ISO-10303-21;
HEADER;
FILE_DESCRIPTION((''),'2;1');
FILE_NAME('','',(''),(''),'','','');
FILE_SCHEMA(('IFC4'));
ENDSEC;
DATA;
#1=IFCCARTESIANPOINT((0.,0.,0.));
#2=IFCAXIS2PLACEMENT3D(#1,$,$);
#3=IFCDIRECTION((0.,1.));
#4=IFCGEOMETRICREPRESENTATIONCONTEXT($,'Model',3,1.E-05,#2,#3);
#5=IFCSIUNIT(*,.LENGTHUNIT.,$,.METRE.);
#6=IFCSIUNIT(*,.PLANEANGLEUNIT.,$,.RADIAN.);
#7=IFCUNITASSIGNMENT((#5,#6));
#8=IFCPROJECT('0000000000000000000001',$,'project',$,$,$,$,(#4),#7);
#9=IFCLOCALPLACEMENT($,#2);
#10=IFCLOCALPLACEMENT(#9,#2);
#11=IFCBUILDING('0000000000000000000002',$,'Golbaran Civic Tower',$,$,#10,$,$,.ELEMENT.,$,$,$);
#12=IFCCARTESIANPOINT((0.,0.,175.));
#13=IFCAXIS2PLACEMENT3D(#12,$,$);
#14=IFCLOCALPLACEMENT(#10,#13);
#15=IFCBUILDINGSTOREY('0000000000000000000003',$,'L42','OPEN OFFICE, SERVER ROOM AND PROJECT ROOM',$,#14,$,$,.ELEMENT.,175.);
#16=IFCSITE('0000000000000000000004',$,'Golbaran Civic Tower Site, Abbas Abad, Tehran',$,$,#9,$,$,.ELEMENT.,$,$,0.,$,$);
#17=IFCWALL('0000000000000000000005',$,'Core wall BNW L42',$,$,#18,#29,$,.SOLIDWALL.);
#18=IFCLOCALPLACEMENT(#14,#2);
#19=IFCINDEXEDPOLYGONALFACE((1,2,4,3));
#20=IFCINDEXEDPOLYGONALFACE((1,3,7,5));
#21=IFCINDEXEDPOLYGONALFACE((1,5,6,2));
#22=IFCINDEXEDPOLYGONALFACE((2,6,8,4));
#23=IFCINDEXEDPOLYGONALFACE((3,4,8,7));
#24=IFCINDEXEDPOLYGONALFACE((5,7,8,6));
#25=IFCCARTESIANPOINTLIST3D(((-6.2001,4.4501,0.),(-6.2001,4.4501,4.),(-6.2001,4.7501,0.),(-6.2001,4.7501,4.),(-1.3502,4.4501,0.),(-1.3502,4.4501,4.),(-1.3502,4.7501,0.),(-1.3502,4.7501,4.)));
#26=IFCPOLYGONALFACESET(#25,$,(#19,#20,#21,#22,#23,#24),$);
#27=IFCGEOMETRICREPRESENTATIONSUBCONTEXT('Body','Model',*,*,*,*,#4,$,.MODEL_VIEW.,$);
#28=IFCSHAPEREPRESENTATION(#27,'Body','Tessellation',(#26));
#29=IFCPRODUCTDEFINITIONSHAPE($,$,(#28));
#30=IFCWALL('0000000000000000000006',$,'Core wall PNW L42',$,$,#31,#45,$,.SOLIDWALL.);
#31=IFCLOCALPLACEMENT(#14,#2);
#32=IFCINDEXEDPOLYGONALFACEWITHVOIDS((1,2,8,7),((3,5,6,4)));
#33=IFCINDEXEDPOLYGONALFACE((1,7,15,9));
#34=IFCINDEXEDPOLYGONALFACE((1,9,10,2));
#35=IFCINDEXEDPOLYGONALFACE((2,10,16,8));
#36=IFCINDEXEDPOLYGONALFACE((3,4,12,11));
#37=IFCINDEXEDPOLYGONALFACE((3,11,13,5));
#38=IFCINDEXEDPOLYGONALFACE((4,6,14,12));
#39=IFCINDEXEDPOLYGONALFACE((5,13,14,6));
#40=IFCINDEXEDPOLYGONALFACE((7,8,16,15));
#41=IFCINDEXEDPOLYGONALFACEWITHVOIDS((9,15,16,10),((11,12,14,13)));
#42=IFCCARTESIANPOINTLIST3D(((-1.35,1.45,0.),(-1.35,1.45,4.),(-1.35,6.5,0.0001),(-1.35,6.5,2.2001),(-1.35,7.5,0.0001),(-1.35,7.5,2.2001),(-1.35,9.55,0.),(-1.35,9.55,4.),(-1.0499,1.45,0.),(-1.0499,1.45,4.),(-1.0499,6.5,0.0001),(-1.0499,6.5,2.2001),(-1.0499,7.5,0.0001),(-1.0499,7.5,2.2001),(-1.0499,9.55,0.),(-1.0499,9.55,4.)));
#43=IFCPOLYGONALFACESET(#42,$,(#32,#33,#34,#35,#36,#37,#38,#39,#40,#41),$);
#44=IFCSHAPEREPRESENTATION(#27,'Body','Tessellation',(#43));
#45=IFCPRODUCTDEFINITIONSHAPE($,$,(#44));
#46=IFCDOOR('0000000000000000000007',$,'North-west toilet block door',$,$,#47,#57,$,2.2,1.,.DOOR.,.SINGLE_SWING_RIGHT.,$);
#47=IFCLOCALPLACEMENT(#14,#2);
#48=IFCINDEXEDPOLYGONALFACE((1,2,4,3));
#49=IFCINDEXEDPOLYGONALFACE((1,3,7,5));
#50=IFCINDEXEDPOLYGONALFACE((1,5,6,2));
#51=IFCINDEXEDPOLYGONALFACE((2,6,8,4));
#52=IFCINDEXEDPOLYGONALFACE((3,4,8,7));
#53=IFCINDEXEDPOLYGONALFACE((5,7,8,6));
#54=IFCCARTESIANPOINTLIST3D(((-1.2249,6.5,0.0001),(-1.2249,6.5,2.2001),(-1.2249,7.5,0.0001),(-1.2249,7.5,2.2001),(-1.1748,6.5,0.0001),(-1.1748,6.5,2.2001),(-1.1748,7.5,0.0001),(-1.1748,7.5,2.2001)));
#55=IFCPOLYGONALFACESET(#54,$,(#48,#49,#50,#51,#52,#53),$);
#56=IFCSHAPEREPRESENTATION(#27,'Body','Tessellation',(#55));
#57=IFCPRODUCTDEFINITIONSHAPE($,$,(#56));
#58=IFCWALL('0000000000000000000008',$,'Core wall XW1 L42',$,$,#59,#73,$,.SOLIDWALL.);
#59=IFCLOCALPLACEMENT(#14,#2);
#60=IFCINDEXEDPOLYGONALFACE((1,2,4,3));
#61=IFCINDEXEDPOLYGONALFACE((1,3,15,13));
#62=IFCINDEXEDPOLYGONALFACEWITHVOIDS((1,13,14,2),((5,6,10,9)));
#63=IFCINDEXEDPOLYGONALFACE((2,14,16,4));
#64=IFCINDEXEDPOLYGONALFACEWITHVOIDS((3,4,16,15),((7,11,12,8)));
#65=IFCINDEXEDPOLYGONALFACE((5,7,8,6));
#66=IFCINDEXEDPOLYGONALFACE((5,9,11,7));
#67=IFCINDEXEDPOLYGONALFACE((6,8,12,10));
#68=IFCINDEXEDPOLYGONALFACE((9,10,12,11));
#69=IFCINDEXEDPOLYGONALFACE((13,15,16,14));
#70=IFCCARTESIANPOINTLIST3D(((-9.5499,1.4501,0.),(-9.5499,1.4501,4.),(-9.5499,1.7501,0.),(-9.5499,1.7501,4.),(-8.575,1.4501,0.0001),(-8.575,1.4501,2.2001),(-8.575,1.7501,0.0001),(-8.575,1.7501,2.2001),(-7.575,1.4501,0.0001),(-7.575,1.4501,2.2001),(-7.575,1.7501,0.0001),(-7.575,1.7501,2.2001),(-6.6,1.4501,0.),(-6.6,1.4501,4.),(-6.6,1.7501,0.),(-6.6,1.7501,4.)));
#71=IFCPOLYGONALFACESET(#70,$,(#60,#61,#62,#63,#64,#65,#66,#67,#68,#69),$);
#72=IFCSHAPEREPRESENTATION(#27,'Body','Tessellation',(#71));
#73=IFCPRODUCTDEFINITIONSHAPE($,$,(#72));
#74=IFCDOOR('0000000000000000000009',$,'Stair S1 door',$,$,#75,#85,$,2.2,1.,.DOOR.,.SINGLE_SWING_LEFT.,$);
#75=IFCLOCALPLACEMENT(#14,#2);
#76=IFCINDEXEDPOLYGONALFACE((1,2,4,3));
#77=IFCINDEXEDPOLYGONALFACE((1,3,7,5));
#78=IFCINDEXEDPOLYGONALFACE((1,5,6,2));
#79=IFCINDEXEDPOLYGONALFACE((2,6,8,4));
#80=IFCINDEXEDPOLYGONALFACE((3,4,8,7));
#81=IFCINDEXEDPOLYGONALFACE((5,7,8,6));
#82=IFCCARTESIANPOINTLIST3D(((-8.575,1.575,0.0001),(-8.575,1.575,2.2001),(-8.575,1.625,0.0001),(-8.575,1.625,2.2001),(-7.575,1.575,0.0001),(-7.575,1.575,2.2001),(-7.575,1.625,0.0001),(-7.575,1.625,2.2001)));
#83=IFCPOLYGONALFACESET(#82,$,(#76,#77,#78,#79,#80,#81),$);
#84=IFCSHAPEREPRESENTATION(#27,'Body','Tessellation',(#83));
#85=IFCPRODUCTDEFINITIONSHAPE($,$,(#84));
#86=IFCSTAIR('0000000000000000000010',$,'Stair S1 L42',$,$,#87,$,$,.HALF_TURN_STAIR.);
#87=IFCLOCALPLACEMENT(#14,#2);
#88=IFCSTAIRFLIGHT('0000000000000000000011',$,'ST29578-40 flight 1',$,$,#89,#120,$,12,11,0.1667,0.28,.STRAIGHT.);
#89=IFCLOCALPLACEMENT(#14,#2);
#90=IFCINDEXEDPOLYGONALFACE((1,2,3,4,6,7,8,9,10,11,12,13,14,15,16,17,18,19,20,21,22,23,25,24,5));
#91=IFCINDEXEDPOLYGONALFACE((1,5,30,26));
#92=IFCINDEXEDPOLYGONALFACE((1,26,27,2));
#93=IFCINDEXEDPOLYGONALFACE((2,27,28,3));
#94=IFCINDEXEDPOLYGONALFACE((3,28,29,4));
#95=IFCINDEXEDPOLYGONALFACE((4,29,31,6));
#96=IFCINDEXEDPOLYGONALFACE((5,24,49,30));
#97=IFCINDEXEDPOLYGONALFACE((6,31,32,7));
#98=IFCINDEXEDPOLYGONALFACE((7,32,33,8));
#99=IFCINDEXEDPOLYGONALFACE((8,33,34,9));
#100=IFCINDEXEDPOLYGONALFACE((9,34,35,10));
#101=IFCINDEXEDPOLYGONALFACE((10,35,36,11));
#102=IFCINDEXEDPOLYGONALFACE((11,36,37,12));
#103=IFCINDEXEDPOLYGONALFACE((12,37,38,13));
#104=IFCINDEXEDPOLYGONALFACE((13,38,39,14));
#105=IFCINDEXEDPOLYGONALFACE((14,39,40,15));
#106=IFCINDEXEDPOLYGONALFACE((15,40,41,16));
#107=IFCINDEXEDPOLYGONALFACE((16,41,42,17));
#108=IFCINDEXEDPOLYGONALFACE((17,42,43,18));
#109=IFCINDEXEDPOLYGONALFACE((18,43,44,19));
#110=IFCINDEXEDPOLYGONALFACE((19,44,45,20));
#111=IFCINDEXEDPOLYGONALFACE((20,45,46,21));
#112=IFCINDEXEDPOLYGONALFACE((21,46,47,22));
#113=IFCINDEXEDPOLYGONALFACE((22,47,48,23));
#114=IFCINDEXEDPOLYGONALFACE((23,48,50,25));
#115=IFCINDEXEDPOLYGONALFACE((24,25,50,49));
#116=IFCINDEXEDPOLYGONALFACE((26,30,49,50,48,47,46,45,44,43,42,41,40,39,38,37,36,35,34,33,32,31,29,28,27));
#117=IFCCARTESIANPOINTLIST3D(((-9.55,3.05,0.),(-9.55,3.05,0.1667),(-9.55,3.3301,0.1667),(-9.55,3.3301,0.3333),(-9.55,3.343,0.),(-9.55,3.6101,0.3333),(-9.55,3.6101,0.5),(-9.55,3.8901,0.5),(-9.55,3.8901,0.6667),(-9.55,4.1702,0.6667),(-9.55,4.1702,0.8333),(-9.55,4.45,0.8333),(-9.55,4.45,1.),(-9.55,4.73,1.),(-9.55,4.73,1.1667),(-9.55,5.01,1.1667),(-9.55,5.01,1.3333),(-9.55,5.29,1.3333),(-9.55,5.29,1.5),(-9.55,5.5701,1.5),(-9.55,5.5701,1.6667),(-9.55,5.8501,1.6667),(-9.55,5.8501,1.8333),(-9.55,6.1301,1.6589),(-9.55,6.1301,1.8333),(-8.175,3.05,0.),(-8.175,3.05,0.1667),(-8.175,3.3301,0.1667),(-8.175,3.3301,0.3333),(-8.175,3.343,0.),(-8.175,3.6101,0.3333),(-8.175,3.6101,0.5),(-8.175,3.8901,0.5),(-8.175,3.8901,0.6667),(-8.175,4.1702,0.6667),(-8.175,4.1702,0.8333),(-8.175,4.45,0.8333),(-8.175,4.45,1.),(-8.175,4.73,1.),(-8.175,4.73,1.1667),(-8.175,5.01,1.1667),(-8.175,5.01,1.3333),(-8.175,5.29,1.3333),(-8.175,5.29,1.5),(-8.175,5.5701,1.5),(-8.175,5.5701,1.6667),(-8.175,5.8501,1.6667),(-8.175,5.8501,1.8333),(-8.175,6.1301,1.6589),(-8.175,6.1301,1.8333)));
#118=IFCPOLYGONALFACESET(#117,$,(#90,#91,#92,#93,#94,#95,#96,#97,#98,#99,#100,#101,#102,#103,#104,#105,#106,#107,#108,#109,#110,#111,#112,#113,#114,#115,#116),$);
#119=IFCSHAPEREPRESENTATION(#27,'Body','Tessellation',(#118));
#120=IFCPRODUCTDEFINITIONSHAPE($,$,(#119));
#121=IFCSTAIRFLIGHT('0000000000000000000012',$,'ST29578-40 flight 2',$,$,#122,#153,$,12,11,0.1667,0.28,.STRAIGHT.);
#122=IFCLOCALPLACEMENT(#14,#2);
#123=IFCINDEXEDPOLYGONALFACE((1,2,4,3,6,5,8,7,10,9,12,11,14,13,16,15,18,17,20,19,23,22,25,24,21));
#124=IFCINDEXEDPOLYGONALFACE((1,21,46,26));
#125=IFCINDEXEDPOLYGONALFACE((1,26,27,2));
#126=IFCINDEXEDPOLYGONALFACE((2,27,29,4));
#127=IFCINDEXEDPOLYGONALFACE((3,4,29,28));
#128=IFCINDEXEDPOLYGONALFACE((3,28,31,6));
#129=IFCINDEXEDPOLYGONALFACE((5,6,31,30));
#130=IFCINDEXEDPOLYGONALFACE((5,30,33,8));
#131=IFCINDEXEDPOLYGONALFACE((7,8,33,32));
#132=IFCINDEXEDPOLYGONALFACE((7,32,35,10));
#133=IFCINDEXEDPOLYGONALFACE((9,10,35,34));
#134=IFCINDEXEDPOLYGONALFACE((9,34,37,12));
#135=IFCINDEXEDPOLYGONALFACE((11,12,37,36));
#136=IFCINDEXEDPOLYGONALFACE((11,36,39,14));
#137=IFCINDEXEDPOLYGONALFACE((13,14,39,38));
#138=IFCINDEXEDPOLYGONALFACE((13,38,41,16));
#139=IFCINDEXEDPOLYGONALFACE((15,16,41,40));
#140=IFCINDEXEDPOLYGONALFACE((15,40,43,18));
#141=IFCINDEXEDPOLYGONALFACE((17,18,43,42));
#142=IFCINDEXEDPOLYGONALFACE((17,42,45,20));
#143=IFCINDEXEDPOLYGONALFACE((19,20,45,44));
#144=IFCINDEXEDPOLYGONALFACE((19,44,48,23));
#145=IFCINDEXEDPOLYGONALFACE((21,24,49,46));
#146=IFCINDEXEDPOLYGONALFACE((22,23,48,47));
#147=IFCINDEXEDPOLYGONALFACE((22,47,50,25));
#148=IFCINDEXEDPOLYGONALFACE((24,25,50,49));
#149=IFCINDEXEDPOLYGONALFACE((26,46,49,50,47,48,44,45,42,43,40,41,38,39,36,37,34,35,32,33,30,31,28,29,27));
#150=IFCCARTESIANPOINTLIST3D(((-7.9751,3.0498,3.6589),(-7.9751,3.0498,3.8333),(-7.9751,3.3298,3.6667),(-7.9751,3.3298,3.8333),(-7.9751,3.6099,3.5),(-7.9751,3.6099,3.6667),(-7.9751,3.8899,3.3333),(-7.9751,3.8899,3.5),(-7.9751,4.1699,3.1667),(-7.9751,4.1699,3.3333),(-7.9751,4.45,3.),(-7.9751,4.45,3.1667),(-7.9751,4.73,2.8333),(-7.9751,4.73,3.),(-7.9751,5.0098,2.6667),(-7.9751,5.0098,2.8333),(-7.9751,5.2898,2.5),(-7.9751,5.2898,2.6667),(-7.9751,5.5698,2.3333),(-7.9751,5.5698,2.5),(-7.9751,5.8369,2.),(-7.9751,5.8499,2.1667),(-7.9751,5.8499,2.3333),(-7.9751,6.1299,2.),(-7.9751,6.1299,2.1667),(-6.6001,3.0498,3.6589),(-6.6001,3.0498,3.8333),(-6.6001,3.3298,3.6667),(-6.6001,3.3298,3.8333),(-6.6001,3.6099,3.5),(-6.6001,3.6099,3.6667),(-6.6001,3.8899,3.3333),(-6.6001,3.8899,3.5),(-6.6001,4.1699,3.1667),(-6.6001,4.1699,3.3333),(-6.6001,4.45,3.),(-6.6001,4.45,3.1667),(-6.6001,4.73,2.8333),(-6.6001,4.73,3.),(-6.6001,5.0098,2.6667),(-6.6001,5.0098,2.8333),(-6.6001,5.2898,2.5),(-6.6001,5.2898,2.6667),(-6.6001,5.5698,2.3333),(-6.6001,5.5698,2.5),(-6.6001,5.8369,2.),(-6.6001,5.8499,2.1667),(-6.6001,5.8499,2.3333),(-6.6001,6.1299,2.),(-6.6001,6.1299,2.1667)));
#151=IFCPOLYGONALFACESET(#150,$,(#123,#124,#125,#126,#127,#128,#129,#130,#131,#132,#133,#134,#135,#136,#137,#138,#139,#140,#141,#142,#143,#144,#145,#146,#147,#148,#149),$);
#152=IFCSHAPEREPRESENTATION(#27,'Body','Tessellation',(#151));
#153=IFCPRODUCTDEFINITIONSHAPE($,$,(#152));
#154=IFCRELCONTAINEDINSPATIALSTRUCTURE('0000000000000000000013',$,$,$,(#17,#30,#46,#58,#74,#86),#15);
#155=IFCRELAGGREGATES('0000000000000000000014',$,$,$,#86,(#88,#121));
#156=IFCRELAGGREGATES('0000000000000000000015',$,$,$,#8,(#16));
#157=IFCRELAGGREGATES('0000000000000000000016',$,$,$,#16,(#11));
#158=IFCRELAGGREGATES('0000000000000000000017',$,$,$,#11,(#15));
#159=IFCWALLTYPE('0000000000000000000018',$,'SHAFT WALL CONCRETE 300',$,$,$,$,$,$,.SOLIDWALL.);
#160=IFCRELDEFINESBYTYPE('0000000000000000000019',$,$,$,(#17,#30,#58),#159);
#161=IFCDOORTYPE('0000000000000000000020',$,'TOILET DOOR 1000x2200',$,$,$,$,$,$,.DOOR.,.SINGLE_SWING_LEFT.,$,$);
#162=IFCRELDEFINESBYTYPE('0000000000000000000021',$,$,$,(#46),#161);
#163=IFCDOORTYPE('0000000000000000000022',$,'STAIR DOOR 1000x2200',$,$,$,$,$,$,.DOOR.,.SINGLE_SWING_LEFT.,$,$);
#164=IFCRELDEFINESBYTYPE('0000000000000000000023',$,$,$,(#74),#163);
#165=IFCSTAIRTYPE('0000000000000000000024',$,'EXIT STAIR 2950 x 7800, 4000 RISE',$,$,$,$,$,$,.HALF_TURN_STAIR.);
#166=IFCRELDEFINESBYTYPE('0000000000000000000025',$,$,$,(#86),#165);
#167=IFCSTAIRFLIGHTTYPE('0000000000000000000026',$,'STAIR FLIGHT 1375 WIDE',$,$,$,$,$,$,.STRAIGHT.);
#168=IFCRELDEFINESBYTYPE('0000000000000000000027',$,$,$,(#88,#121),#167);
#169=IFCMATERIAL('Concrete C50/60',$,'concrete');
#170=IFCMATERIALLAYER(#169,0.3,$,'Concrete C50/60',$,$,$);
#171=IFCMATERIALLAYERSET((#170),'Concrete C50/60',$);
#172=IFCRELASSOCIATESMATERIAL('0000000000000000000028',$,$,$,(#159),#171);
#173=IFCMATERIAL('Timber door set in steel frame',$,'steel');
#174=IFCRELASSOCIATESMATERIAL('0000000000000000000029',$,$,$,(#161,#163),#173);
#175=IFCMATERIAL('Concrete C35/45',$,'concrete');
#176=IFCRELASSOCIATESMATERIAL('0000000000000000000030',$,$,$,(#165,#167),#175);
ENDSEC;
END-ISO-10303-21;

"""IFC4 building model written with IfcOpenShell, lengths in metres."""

from ifc_helpers import new_model, si_unit, direction, frame, frame_2d, origin, place, context, subcontext, project, spatial, polyline, rectangle, outline, extrude, material, layer, layer_set, type_object, element, fill, aggregate, save


model = new_model("IFC4")

# Units and contexts
model_context = context("Model", 3, precision=1e-05, world=origin(), true_north=direction((0.0, 1.0)))
body_context = subcontext(model_context, "Body", "Model", "MODEL_VIEW")
ifc_project = project(units=[si_unit("LENGTHUNIT", "METRE"), si_unit("PLANEANGLEUNIT", "RADIAN")], contexts=[model_context])

# Site, building, storey
site_placement = place(None, origin())
site = spatial("IfcSite", under=ifc_project, at=site_placement, Name="Golbaran Civic Tower Site, Abbas Abad, Tehran", CompositionType="ELEMENT", RefElevation=0.0)
building_placement = place(site_placement, origin())
building = spatial("IfcBuilding", under=site, at=building_placement, Name="Golbaran Civic Tower", CompositionType="ELEMENT")
storey_placement = place(building_placement, frame((0.0, 0.0, 175.0)))
storey = spatial("IfcBuildingStorey", under=building, at=storey_placement, Name="L42", Description="OPEN OFFICE, SERVER ROOM AND PROJECT ROOM", CompositionType="ELEMENT", Elevation=175.0)

# Shared definitions
ifc_material_1 = material(Name="Timber door set in steel frame", Category="steel")

# Shared definitions
ifc_material_2 = material(Name="Concrete C50/60", Category="concrete")
ifc_layer_1 = layer(ifc_material_2, 0.3, Name="Concrete C50/60")
ifc_layer_set_1 = layer_set([ifc_layer_1], Name="Concrete C50/60")
wall_type_1 = type_object("IfcWallType", Name="SHAFT WALL CONCRETE 300", PredefinedType="SOLIDWALL", material=ifc_layer_set_1)

# Wall
wall_1_placement = place(storey_placement, frame((-6.2, 4.6001, 0.0), z_axis=(0.0, 0.0, 1.0), x_axis=(1.0, 0.0, 0.0)))
element("IfcWall", 1, at=wall_1_placement, inside=storey, type_object=wall_type_1, Name="Core wall BNW L42", PredefinedType="SOLIDWALL", context=body_context, shape_type="SweptSolid", body=[
    extrude(rectangle(XDim=4.8499, YDim=0.3, at=frame_2d((2.4248, 0.0))), origin(), (0.0, 0.0, 1.0), 4.0),
])

# Walls, openings, doors
wall_2_placement = place(storey_placement, frame((-1.2, 1.45, 0.0), z_axis=(0.0, 0.0, 1.0), x_axis=(0.0, 1.0, 0.0)))
wall_2 = element("IfcWall", 2, at=wall_2_placement, inside=storey, type_object=wall_type_1, Name="Core wall PNW L42", PredefinedType="SOLIDWALL", context=body_context, shape_type="SweptSolid", body=[
    extrude(rectangle(XDim=8.1001, YDim=0.3, at=frame_2d((4.05, 0.0))), origin(), (0.0, 0.0, 1.0), 4.0),
])
opening_1_placement = place(wall_2_placement, frame((5.05, 0.0, 0.0)))
opening_1 = element("IfcOpeningElement", 3, at=opening_1_placement, cuts=wall_2, PredefinedType="OPENING", context=body_context, shape_type="SweptSolid", body=[
    extrude(rectangle(XDim=1.0, YDim=2.2, at=frame_2d((0.5, 1.1001))), frame((0.0, 0.1599, 0.0), z_axis=(0.0, -1.0, 0.0), x_axis=(1.0, 0.0, 0.0)), (0.0, 0.0, 1.0), 0.3201),
])
door_type_1 = type_object("IfcDoorType", Name="TOILET DOOR 1000x2200", OperationType="SINGLE_SWING_LEFT", PredefinedType="DOOR", material=ifc_material_1)
door_1_placement = place(opening_1_placement, origin())
door_1 = element("IfcDoor", 4, at=door_1_placement, inside=storey, type_object=door_type_1, Name="North-west toilet block door", OperationType="SINGLE_SWING_RIGHT", OverallHeight=2.2, OverallWidth=1.0, PredefinedType="DOOR", context=body_context, shape_type="SweptSolid", body=[
    extrude(rectangle(XDim=1.0, YDim=2.2, at=frame_2d((0.5, 1.1001))), frame((0.0, 0.0249, 0.0), z_axis=(0.0, -1.0, 0.0), x_axis=(1.0, 0.0, 0.0)), (0.0, 0.0, 1.0), 0.05),
])
fill(opening_1, door_1)
wall_3_placement = place(storey_placement, frame((-9.55, 1.6001, 0.0), z_axis=(0.0, 0.0, 1.0), x_axis=(1.0, 0.0, 0.0)))
wall_3 = element("IfcWall", 5, at=wall_3_placement, inside=storey, type_object=wall_type_1, Name="Core wall XW1 L42", PredefinedType="SOLIDWALL", context=body_context, shape_type="SweptSolid", body=[
    extrude(rectangle(XDim=2.95, YDim=0.3, at=frame_2d((1.4751, 0.0))), origin(), (0.0, 0.0, 1.0), 4.0),
])
opening_2_placement = place(wall_3_placement, frame((0.9751, 0.0, 0.0)))
opening_2 = element("IfcOpeningElement", 6, at=opening_2_placement, cuts=wall_3, PredefinedType="OPENING", context=body_context, shape_type="SweptSolid", body=[
    extrude(rectangle(XDim=1.0, YDim=2.2, at=frame_2d((0.5, 1.1001))), frame((0.0, 0.1599, 0.0), z_axis=(0.0, -1.0, 0.0), x_axis=(1.0, 0.0, 0.0)), (0.0, 0.0, 1.0), 0.3201),
])
door_type_2 = type_object("IfcDoorType", Name="STAIR DOOR 1000x2200", OperationType="SINGLE_SWING_LEFT", PredefinedType="DOOR", material=ifc_material_1)
door_2_placement = place(opening_2_placement, origin())
door_2 = element("IfcDoor", 7, at=door_2_placement, inside=storey, type_object=door_type_2, Name="Stair S1 door", OperationType="SINGLE_SWING_LEFT", OverallHeight=2.2, OverallWidth=1.0, PredefinedType="DOOR", context=body_context, shape_type="SweptSolid", body=[
    extrude(rectangle(XDim=1.0, YDim=2.2, at=frame_2d((0.5, 1.1001))), frame((0.0, 0.0249, 0.0), z_axis=(0.0, -1.0, 0.0), x_axis=(1.0, 0.0, 0.0)), (0.0, 0.0, 1.0), 0.05),
])
fill(opening_2, door_2)

# Stair, stair flights
ifc_material_3 = material(Name="Concrete C35/45", Category="concrete")
stair_type = type_object("IfcStairType", Name="EXIT STAIR 2950 x 7800, 4000 RISE", PredefinedType="HALF_TURN_STAIR", material=ifc_material_3)
stair_placement = place(storey_placement, origin())
stair = element("IfcStair", 8, at=stair_placement, inside=storey, type_object=stair_type, Name="Stair S1 L42", PredefinedType="HALF_TURN_STAIR")
stair_flight_type = type_object("IfcStairFlightType", Name="STAIR FLIGHT 1375 WIDE", PredefinedType="STRAIGHT", material=ifc_material_3)
stair_flight_1_placement = place(storey_placement, frame((-8.8625, 3.05, 0.0), z_axis=(0.0, 0.0, 1.0), x_axis=(0.0, 1.0, 0.0)))
stair_flight_1 = element("IfcStairFlight", 9, at=stair_flight_1_placement, type_object=stair_flight_type, Name="ST29578-40 flight 1", NumberOfRisers=12, NumberOfTreads=11, PredefinedType="STRAIGHT", RiserHeight=0.1667, TreadLength=0.28, context=body_context, shape_type="SweptSolid", body=[
    extrude(outline(polyline([(0.0, 0.0), (0.0, 0.1667), (0.28, 0.1667), (0.28, 0.3333), (0.5601, 0.3333), (0.5601, 0.5), (0.8401, 0.5), (0.8401, 0.6667), (1.1201, 0.6667), (1.1201, 0.8333), (1.3999, 0.8333), (1.3999, 1.0), (1.6799, 1.0), (1.6799, 1.1667), (1.96, 1.1667), (1.96, 1.3333), (2.24, 1.3333), (2.24, 1.5), (2.52, 1.5), (2.52, 1.6667), (2.8, 1.6667), (2.8, 1.8333), (3.0801, 1.8333), (3.0801, 2.0), (3.0801, 1.6589), (0.293, 0.0), (0.0, 0.0)])), frame((0.0, 0.6875, 0.0), z_axis=(0.0, -1.0, 0.0), x_axis=(1.0, 0.0, 0.0)), (0.0, 0.0, 1.0), 1.375),
])
stair_flight_2_placement = place(storey_placement, frame((-7.2876, 6.1299, 2.0), z_axis=(0.0, 0.0, 1.0), x_axis=(0.0, -1.0, 0.0)))
stair_flight_2 = element("IfcStairFlight", 10, at=stair_flight_2_placement, type_object=stair_flight_type, Name="ST29578-40 flight 2", NumberOfRisers=12, NumberOfTreads=11, PredefinedType="STRAIGHT", RiserHeight=0.1667, TreadLength=0.28, context=body_context, shape_type="SweptSolid", body=[
    extrude(outline(polyline([(0.0, 0.0), (0.0, 0.1667), (0.28, 0.1667), (0.28, 0.3333), (0.5601, 0.3333), (0.5601, 0.5), (0.8401, 0.5), (0.8401, 0.6667), (1.1201, 0.6667), (1.1201, 0.8333), (1.3999, 0.8333), (1.3999, 1.0), (1.6799, 1.0), (1.6799, 1.1667), (1.96, 1.1667), (1.96, 1.3333), (2.24, 1.3333), (2.24, 1.5), (2.52, 1.5), (2.52, 1.6667), (2.8, 1.6667), (2.8, 1.8333), (3.0801, 1.8333), (3.0801, 2.0), (3.0801, 1.6589), (0.293, 0.0), (0.0, 0.0)])), frame((0.0, 0.6875, 0.0), z_axis=(0.0, -1.0, 0.0), x_axis=(1.0, 0.0, 0.0)), (0.0, 0.0, 1.0), 1.375),
])
aggregate(stair, [stair_flight_1, stair_flight_2])

save(model, "model.ifc")
